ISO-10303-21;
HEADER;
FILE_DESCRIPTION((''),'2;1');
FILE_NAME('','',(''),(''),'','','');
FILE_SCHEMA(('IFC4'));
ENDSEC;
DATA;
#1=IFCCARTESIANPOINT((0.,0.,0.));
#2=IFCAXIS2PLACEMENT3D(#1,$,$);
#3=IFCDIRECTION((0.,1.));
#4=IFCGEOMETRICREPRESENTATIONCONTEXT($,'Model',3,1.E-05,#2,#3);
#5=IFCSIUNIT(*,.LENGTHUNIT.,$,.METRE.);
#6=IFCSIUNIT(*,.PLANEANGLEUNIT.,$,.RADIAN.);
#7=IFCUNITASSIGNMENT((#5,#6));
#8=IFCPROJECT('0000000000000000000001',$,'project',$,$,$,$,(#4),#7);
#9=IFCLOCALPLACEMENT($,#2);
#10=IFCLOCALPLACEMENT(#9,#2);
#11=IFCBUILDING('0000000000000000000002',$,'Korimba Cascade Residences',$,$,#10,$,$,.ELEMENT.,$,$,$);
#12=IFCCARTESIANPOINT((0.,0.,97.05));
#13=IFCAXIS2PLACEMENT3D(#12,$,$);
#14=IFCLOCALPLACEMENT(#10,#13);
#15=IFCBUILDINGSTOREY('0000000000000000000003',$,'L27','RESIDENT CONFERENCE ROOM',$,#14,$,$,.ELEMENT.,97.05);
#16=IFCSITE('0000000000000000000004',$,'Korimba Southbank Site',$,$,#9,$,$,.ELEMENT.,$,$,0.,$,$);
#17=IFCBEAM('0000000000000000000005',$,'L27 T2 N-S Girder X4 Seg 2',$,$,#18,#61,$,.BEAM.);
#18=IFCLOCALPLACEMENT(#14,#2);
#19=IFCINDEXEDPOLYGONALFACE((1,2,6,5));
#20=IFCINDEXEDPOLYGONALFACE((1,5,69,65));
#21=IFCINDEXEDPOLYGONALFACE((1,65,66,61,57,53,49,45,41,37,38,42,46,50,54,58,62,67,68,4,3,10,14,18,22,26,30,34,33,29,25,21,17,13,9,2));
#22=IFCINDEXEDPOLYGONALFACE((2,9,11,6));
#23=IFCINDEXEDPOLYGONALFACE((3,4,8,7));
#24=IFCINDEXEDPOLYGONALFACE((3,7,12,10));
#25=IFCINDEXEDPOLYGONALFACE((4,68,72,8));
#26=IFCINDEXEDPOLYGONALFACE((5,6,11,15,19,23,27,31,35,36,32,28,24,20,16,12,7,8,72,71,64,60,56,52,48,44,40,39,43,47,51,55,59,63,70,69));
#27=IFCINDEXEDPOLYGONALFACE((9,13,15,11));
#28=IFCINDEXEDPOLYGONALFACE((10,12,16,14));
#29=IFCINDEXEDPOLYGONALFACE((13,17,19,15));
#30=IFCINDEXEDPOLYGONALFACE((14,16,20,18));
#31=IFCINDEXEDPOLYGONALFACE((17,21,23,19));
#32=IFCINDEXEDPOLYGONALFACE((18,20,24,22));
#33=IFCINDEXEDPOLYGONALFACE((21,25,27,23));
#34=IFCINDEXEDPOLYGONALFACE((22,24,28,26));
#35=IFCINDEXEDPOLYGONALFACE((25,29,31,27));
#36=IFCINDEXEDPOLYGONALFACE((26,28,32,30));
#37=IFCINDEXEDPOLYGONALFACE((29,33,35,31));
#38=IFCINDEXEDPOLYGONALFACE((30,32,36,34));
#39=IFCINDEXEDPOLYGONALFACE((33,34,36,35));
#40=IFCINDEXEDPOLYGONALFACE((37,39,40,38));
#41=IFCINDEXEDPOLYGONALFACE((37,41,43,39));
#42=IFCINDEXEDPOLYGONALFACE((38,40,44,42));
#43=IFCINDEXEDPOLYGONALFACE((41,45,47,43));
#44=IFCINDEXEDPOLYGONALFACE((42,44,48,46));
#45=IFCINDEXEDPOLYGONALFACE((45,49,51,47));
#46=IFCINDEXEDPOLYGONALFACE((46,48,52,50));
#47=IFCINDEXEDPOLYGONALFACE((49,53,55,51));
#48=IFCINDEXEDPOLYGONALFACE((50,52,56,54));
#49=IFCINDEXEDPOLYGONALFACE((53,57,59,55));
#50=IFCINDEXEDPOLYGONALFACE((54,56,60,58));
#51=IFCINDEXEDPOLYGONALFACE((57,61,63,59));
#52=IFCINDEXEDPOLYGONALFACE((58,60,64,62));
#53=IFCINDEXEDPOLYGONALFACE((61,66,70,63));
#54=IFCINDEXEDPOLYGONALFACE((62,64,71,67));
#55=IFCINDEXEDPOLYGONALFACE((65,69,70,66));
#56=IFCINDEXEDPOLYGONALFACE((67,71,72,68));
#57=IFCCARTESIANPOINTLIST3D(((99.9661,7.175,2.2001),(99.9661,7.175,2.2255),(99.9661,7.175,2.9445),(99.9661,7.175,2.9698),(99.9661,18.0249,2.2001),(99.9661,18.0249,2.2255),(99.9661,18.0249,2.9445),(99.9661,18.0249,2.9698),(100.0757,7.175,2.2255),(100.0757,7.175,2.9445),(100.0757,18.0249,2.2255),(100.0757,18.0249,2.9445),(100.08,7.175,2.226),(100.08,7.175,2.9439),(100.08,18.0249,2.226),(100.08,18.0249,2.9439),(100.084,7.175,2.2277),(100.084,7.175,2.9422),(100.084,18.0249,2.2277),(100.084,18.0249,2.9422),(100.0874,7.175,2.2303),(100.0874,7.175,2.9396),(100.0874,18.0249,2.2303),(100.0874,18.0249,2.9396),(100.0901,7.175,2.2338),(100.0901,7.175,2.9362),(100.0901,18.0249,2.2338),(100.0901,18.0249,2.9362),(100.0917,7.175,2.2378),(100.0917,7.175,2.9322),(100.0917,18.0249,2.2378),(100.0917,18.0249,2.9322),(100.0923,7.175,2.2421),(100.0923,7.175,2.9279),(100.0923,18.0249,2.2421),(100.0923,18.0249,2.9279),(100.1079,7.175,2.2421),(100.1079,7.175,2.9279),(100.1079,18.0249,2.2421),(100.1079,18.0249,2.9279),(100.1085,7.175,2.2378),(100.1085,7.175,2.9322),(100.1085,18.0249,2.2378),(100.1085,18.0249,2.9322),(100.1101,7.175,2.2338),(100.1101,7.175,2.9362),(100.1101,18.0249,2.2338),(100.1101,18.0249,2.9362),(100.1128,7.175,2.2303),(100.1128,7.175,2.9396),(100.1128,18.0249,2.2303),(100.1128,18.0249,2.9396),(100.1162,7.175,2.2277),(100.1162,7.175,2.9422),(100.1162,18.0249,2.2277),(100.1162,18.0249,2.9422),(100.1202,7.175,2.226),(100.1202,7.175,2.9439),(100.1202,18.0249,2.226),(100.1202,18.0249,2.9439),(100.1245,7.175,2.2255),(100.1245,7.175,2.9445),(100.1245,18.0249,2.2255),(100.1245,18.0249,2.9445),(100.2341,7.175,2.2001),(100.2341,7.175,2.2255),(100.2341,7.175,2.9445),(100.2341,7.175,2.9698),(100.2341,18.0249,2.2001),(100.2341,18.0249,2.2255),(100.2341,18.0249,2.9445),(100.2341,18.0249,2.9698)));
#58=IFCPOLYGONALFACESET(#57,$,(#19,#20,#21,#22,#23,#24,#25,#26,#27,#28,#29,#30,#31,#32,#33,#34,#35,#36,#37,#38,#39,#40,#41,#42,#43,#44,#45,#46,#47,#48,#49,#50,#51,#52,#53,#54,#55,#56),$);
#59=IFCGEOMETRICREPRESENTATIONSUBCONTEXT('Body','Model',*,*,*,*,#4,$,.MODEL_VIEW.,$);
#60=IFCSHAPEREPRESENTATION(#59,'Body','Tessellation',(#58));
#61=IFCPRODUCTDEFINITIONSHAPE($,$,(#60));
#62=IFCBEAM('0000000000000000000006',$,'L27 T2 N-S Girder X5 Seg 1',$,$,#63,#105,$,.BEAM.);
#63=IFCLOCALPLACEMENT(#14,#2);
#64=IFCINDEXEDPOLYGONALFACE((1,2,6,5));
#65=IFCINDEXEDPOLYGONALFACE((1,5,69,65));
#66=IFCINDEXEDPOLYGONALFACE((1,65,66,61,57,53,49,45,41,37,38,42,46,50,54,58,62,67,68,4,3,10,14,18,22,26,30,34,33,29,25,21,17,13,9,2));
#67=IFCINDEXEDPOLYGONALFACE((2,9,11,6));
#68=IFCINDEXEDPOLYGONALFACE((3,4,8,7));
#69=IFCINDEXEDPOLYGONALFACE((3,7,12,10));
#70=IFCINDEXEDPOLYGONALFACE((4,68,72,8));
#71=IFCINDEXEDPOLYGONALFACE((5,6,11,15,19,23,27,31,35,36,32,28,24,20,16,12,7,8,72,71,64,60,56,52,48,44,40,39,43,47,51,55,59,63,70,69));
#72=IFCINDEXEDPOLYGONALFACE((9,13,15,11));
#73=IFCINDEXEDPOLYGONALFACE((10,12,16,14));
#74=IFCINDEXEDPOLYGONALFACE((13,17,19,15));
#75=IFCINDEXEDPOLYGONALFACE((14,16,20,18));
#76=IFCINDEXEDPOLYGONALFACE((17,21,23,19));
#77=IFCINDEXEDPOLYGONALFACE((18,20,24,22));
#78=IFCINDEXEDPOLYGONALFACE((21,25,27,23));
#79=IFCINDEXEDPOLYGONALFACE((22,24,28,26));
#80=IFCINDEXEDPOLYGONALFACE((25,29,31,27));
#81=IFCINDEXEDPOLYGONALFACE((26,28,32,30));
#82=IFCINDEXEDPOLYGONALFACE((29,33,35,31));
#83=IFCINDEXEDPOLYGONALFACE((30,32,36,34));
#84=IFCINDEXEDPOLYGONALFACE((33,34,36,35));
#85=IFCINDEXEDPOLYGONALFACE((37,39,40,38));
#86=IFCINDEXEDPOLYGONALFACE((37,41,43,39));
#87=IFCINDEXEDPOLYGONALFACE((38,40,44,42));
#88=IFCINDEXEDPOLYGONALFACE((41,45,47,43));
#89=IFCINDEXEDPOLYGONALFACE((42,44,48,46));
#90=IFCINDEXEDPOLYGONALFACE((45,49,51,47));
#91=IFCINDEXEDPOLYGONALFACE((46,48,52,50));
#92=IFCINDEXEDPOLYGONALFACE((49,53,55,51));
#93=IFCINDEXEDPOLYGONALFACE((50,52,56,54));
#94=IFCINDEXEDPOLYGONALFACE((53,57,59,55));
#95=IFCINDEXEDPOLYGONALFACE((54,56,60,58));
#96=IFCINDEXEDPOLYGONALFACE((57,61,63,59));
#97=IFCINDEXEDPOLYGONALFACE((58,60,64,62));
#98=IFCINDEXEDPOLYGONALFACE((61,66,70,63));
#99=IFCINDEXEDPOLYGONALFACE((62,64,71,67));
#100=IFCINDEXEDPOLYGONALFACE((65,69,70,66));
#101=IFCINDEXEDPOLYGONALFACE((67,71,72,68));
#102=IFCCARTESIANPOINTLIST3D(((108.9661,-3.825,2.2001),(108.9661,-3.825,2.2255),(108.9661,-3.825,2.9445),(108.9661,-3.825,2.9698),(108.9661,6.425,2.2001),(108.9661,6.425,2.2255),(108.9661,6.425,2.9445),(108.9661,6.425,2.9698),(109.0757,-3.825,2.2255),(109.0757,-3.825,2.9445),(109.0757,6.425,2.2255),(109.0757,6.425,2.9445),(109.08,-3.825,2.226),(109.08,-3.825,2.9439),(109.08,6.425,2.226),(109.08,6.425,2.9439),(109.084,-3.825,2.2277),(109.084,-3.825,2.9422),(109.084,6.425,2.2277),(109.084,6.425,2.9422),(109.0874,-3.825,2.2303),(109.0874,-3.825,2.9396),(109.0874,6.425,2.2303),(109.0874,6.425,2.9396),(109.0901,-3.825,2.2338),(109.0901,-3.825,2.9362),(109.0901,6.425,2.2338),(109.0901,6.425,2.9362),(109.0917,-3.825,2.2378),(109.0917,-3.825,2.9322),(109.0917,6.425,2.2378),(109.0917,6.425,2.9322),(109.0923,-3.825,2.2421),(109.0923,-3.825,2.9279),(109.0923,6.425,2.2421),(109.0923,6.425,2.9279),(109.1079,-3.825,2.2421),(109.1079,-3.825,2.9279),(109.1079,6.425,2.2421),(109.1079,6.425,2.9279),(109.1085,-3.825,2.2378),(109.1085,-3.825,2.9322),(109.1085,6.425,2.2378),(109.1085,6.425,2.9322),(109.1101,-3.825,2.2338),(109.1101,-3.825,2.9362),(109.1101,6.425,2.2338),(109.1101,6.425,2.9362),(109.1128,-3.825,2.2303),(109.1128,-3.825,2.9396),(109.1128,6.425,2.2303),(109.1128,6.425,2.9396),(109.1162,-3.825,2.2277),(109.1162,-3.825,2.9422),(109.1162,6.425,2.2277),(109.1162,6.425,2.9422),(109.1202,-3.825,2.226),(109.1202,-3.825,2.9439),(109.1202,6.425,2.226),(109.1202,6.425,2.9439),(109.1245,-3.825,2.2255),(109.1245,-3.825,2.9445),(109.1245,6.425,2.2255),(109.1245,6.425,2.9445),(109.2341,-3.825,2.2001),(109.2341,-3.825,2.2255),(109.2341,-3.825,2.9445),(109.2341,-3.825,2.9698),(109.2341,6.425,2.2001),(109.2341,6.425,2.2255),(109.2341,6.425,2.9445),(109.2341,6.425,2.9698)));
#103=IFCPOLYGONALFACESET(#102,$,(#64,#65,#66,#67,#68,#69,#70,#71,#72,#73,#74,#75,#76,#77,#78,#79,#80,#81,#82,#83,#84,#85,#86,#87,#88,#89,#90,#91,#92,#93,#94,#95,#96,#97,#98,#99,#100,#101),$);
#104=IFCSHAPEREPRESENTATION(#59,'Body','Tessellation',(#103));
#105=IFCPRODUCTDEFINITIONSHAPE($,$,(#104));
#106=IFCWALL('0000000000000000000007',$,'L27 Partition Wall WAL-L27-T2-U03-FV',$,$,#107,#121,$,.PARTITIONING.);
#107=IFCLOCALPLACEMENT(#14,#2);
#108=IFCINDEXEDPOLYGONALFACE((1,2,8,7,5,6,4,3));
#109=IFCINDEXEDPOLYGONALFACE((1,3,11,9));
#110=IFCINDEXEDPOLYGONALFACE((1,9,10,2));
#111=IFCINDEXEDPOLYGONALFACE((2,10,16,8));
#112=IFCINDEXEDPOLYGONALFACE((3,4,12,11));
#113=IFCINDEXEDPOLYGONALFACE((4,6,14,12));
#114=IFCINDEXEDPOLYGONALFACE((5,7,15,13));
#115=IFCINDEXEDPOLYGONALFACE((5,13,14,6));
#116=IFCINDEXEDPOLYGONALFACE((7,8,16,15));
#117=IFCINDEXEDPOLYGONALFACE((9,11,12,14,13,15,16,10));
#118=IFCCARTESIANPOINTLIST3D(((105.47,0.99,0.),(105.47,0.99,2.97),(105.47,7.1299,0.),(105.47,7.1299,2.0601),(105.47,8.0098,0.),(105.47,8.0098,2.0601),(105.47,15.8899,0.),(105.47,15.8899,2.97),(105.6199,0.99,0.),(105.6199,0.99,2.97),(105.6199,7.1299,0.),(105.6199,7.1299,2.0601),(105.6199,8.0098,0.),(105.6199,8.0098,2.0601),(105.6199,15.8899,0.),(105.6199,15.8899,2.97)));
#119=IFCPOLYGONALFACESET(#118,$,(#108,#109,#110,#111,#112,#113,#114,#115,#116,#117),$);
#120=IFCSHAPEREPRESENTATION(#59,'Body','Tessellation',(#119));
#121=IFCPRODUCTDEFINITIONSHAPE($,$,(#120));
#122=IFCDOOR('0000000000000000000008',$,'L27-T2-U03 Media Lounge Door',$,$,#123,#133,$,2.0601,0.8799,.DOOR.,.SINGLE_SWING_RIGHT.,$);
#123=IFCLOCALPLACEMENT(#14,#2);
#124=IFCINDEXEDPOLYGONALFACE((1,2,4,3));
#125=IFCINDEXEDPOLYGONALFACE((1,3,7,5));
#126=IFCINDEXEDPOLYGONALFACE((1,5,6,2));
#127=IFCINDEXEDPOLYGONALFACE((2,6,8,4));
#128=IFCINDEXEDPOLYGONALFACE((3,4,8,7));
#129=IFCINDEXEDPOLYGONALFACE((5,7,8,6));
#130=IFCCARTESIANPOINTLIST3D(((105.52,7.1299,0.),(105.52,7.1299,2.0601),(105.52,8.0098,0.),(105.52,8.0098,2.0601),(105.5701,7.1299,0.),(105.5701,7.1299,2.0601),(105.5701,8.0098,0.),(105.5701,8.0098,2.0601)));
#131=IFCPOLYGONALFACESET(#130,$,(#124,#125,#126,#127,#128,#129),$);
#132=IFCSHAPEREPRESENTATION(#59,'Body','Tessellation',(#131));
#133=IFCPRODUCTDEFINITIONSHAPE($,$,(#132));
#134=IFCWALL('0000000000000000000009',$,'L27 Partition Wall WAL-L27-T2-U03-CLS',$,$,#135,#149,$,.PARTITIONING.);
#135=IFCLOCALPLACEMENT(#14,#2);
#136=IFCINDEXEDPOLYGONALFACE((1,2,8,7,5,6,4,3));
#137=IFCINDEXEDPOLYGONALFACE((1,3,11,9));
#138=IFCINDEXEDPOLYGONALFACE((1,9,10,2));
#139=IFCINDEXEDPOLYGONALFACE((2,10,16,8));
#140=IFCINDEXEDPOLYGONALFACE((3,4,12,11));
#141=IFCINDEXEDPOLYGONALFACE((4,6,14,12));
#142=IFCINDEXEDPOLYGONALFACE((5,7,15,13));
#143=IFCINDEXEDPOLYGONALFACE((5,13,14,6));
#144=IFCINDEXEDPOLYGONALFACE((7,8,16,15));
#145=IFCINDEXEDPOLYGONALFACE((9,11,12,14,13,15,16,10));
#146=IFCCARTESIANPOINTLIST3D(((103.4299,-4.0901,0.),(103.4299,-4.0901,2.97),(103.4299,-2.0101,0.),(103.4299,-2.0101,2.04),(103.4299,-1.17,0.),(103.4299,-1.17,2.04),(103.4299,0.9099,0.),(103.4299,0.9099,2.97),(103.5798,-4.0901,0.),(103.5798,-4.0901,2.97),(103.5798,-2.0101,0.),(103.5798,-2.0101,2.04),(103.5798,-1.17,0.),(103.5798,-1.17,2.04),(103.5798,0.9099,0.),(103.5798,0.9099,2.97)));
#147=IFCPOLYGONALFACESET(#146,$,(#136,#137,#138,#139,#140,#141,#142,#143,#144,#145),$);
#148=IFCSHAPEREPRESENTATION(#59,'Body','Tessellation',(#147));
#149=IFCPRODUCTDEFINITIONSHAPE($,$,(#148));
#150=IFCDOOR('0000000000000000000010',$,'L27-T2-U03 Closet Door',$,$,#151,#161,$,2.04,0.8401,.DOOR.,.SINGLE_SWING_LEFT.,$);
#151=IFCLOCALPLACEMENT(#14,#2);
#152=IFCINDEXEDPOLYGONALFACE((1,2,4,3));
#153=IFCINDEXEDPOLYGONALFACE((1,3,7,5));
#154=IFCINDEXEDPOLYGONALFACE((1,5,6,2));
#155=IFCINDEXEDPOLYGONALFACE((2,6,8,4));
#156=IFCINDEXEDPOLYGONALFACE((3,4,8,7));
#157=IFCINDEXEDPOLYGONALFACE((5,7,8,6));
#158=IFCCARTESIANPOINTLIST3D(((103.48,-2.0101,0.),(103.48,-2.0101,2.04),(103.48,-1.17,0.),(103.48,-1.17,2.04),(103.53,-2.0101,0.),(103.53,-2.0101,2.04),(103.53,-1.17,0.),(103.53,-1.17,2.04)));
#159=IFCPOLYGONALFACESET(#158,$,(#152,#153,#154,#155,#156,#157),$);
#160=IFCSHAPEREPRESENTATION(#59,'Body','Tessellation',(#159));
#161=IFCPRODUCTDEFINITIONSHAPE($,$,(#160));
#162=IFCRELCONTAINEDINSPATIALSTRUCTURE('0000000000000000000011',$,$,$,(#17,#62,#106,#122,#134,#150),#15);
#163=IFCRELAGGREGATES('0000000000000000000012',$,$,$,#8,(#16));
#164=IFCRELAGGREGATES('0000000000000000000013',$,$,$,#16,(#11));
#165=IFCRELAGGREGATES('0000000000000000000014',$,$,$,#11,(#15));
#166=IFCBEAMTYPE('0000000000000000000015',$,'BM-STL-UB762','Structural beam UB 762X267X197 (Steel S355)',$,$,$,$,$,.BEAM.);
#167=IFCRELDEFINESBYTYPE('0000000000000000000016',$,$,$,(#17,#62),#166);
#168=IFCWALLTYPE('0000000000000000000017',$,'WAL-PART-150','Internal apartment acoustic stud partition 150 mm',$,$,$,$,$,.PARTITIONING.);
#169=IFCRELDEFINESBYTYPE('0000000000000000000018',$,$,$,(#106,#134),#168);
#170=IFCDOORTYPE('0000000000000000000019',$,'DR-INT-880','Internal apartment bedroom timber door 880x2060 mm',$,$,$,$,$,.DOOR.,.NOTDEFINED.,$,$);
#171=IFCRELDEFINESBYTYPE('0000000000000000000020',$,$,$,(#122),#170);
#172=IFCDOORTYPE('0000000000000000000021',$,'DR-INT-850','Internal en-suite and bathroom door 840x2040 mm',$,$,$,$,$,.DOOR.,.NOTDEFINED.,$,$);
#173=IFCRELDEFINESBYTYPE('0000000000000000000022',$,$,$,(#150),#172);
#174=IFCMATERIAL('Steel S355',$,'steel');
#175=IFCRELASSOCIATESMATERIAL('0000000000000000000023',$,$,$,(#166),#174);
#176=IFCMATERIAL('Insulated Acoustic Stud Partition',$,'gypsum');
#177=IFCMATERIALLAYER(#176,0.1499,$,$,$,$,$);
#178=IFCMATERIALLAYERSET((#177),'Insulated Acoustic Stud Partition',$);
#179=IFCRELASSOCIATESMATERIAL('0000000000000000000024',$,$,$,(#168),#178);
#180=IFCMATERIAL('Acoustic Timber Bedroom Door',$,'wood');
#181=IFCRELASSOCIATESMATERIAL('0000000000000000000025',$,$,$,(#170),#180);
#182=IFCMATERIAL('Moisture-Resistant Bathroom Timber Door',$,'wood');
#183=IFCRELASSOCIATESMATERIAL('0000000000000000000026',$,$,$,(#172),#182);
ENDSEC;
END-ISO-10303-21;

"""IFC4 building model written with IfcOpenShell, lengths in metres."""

from ifc_helpers import new_model, si_unit, direction, frame, frame_2d, origin, origin_2d, place, context, subcontext, project, spatial, rectangle, i_section, extrude, material, layer, layer_set, material_profile, profile_set, type_object, element, fill, save


model = new_model("IFC4")

# Units and contexts
model_context = context("Model", 3, precision=1e-05, world=origin(), true_north=direction((0.0, 1.0)))
body_context = subcontext(model_context, "Body", "Model", "MODEL_VIEW")
ifc_project = project(units=[si_unit("LENGTHUNIT", "METRE"), si_unit("PLANEANGLEUNIT", "RADIAN")], contexts=[model_context])

# Site, building, storey
site_placement = place(None, origin())
site = spatial("IfcSite", under=ifc_project, at=site_placement, Name="Korimba Southbank Site", CompositionType="ELEMENT", RefElevation=0.0)
building_placement = place(site_placement, origin())
building = spatial("IfcBuilding", under=site, at=building_placement, Name="Korimba Cascade Residences", CompositionType="ELEMENT")
storey_placement = place(building_placement, frame((0.0, 0.0, 97.05)))
storey = spatial("IfcBuildingStorey", under=building, at=storey_placement, Name="L27", Description="RESIDENT CONFERENCE ROOM", CompositionType="ELEMENT", Elevation=97.05)

# Beams
ifc_material_1 = material(Name="Steel S355", Category="steel")
ifc_material_profile_1 = material_profile(ifc_material_1, i_section(OverallWidth=0.2681, OverallDepth=0.7698, WebThickness=0.0156, FlangeThickness=0.0254, FilletRadius=0.0166, at=origin_2d()), Name="Steel S355")
ifc_profile_set_1 = profile_set([ifc_material_profile_1], Name="Steel S355")
beam_type_1 = type_object("IfcBeamType", Name="BM-STL-UB762", Description="Structural beam UB 762X267X197 (Steel S355)", PredefinedType="BEAM", material=ifc_profile_set_1)
beam_1_placement = place(storey_placement, frame((100.1001, 7.175, 2.585), z_axis=(0.0, 1.0, 0.0), x_axis=(-1.0, 0.0, 0.0)))
element("IfcBeam", 1, at=beam_1_placement, inside=storey, type_object=beam_type_1, Name="L27 T2 N-S Girder X4 Seg 2", PredefinedType="BEAM", context=body_context, shape_type="SweptSolid", body=[
    extrude(i_section(OverallWidth=0.2681, OverallDepth=0.7698, WebThickness=0.0156, FlangeThickness=0.0254, FilletRadius=0.0166, at=origin_2d()), origin(), (0.0, 0.0, 1.0), 10.8499),
])
beam_2_placement = place(storey_placement, frame((109.1001, -3.825, 2.585), z_axis=(0.0, 1.0, 0.0), x_axis=(-1.0, 0.0, 0.0)))
element("IfcBeam", 2, at=beam_2_placement, inside=storey, type_object=beam_type_1, Name="L27 T2 N-S Girder X5 Seg 1", PredefinedType="BEAM", context=body_context, shape_type="SweptSolid", body=[
    extrude(i_section(OverallWidth=0.2681, OverallDepth=0.7698, WebThickness=0.0156, FlangeThickness=0.0254, FilletRadius=0.0166, at=origin_2d()), origin(), (0.0, 0.0, 1.0), 10.25),
])

# Walls, openings, doors
ifc_material_2 = material(Name="Insulated Acoustic Stud Partition", Category="gypsum")
ifc_layer = layer(ifc_material_2, 0.1499)
ifc_layer_set = layer_set([ifc_layer], Name="Insulated Acoustic Stud Partition")
wall_type = type_object("IfcWallType", Name="WAL-PART-150", Description="Internal apartment acoustic stud partition 150 mm", PredefinedType="PARTITIONING", material=ifc_layer_set)
wall_1_placement = place(storey_placement, frame((105.5449, 0.99, 0.0), z_axis=(0.0, 0.0, 1.0), x_axis=(0.0, 1.0, 0.0)))
wall_1 = element("IfcWall", 3, at=wall_1_placement, inside=storey, type_object=wall_type, Name="L27 Partition Wall WAL-L27-T2-U03-FV", PredefinedType="PARTITIONING", context=body_context, shape_type="SweptSolid", body=[
    extrude(rectangle(XDim=14.8999, YDim=0.1499, at=frame_2d((7.45, 0.0))), origin(), (0.0, 0.0, 1.0), 2.97),
])
opening_1_placement = place(wall_1_placement, frame((6.1399, 0.0, 0.0)))
opening_1 = element("IfcOpeningElement", 4, at=opening_1_placement, cuts=wall_1, PredefinedType="OPENING", context=body_context, shape_type="SweptSolid", body=[
    extrude(rectangle(XDim=0.8799, YDim=2.0601, at=frame_2d((0.4399, 1.03))), frame((0.0, 0.085, 0.0), z_axis=(0.0, -1.0, 0.0), x_axis=(1.0, 0.0, 0.0)), (0.0, 0.0, 1.0), 0.1699),
])
ifc_material_3 = material(Name="Acoustic Timber Bedroom Door", Category="wood")
door_type_1 = type_object("IfcDoorType", Name="DR-INT-880", Description="Internal apartment bedroom timber door 880x2060 mm", OperationType="NOTDEFINED", PredefinedType="DOOR", material=ifc_material_3)
door_1_placement = place(opening_1_placement, origin())
door_1 = element("IfcDoor", 5, at=door_1_placement, inside=storey, type_object=door_type_1, Name="L27-T2-U03 Media Lounge Door", OperationType="SINGLE_SWING_RIGHT", OverallHeight=2.0601, OverallWidth=0.8799, PredefinedType="DOOR", context=body_context, shape_type="SweptSolid", body=[
    extrude(rectangle(XDim=0.8799, YDim=2.0601, at=frame_2d((0.4399, 1.03))), frame((0.0, 0.0249, 0.0), z_axis=(0.0, -1.0, 0.0), x_axis=(1.0, 0.0, 0.0)), (0.0, 0.0, 1.0), 0.05),
])
fill(opening_1, door_1)
wall_2_placement = place(storey_placement, frame((103.5049, -4.0901, 0.0), z_axis=(0.0, 0.0, 1.0), x_axis=(0.0, 1.0, 0.0)))
wall_2 = element("IfcWall", 6, at=wall_2_placement, inside=storey, type_object=wall_type, Name="L27 Partition Wall WAL-L27-T2-U03-CLS", PredefinedType="PARTITIONING", context=body_context, shape_type="SweptSolid", body=[
    extrude(rectangle(XDim=5.0, YDim=0.1499, at=frame_2d((2.5, 0.0))), origin(), (0.0, 0.0, 1.0), 2.97),
])
opening_2_placement = place(wall_2_placement, frame((2.0801, 0.0, 0.0)))
opening_2 = element("IfcOpeningElement", 7, at=opening_2_placement, cuts=wall_2, PredefinedType="OPENING", context=body_context, shape_type="SweptSolid", body=[
    extrude(rectangle(XDim=0.8401, YDim=2.04, at=frame_2d((0.4199, 1.02))), frame((0.0, 0.085, 0.0), z_axis=(0.0, -1.0, 0.0), x_axis=(1.0, 0.0, 0.0)), (0.0, 0.0, 1.0), 0.1699),
])
ifc_material_4 = material(Name="Moisture-Resistant Bathroom Timber Door", Category="wood")
door_type_2 = type_object("IfcDoorType", Name="DR-INT-850", Description="Internal en-suite and bathroom door 840x2040 mm", OperationType="NOTDEFINED", PredefinedType="DOOR", material=ifc_material_4)
door_2_placement = place(opening_2_placement, origin())
door_2 = element("IfcDoor", 8, at=door_2_placement, inside=storey, type_object=door_type_2, Name="L27-T2-U03 Closet Door", OperationType="SINGLE_SWING_LEFT", OverallHeight=2.04, OverallWidth=0.8401, PredefinedType="DOOR", context=body_context, shape_type="SweptSolid", body=[
    extrude(rectangle(XDim=0.8401, YDim=2.04, at=frame_2d((0.4199, 1.02))), frame((0.0, 0.0249, 0.0), z_axis=(0.0, -1.0, 0.0), x_axis=(1.0, 0.0, 0.0)), (0.0, 0.0, 1.0), 0.05),
])
fill(opening_2, door_2)

save(model, "model.ifc")
